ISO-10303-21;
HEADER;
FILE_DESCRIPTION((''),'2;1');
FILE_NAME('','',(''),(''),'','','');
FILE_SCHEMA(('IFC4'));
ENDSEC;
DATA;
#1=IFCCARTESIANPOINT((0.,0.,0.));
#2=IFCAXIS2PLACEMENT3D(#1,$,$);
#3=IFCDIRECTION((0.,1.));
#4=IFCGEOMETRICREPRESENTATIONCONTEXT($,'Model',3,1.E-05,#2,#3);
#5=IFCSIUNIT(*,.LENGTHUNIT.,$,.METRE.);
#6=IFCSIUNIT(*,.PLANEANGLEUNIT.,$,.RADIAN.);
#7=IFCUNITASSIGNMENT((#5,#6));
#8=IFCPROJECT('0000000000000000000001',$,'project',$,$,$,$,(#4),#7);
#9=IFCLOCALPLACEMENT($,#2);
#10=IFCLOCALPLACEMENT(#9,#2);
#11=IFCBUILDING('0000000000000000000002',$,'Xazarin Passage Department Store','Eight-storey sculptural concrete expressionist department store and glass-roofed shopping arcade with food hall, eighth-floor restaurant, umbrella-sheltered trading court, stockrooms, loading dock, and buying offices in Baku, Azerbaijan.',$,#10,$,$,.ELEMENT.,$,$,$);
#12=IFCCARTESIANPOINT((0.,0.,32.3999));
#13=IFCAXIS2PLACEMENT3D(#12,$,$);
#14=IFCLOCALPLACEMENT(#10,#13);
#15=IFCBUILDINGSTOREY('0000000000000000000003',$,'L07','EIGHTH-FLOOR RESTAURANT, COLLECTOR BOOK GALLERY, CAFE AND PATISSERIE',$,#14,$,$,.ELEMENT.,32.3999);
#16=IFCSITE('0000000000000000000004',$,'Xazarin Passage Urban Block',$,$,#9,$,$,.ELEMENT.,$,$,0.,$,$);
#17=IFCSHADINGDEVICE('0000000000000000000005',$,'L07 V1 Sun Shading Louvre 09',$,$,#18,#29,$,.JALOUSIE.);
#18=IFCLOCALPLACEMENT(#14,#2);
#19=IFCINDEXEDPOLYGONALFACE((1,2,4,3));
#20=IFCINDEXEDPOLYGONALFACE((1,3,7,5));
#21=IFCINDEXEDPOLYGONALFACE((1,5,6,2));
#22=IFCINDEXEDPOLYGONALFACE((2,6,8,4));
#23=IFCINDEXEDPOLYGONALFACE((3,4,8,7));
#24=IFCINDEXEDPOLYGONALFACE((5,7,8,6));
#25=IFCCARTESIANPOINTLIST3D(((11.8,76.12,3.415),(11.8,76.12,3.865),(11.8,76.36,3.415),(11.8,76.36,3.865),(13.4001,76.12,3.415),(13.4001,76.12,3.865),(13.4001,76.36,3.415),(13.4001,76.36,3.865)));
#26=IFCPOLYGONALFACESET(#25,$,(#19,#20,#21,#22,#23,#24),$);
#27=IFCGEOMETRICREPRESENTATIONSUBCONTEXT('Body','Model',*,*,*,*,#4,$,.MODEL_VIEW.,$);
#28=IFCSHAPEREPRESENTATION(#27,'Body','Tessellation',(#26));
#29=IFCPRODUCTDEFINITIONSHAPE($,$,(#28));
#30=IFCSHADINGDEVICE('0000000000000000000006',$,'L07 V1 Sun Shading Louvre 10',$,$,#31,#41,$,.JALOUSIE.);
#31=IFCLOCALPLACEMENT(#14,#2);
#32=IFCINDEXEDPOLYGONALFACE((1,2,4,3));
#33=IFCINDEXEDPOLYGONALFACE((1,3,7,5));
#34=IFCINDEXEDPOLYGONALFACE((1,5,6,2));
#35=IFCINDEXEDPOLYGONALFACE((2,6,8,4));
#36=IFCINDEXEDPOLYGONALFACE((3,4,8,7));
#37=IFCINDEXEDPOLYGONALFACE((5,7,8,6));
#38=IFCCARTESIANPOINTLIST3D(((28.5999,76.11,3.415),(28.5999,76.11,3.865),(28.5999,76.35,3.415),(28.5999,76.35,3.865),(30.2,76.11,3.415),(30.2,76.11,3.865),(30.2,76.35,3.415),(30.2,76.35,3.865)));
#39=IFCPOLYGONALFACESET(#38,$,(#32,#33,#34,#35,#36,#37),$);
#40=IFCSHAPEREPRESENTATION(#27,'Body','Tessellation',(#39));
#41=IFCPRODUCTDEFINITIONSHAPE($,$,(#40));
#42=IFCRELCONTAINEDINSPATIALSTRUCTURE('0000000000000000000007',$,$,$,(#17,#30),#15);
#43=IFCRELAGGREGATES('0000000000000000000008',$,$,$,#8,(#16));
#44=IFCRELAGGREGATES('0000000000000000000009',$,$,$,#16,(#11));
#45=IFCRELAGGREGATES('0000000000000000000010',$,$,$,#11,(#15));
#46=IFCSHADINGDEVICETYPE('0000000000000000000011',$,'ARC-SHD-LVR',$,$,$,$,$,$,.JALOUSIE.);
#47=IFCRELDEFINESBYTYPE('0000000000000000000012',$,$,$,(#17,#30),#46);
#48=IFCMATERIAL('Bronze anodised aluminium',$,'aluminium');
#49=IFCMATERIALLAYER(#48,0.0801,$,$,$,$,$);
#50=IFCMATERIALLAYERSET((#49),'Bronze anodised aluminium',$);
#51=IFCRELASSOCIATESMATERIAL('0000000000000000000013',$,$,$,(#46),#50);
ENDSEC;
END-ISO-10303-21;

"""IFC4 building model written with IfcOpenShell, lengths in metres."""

from ifc_helpers import new_model, si_unit, direction, frame, origin, origin_2d, place, context, subcontext, project, spatial, rectangle, extrude, material, layer, layer_set, type_object, element, save


model = new_model("IFC4")

# Units and contexts
model_context = context("Model", 3, precision=1e-05, world=origin(), true_north=direction((0.0, 1.0)))
body_context = subcontext(model_context, "Body", "Model", "MODEL_VIEW")
ifc_project = project(units=[si_unit("LENGTHUNIT", "METRE"), si_unit("PLANEANGLEUNIT", "RADIAN")], contexts=[model_context])

# Site, building, storey
site_placement = place(None, origin())
site = spatial("IfcSite", under=ifc_project, at=site_placement, Name="Xazarin Passage Urban Block", CompositionType="ELEMENT", RefElevation=0.0)
building_placement = place(site_placement, origin())
building = spatial("IfcBuilding", under=site, at=building_placement, Name="Xazarin Passage Department Store", Description="Eight-storey sculptural concrete expressionist department store and glass-roofed shopping arcade with food hall, eighth-floor restaurant, umbrella-sheltered trading court, stockrooms, loading dock, and buying offices in Baku, Azerbaijan.", CompositionType="ELEMENT")
storey_placement = place(building_placement, frame((0.0, 0.0, 32.3999)))
storey = spatial("IfcBuildingStorey", under=building, at=storey_placement, Name="L07", Description="EIGHTH-FLOOR RESTAURANT, COLLECTOR BOOK GALLERY, CAFE AND PATISSERIE", CompositionType="ELEMENT", Elevation=32.3999)

# Shading devices
ifc_material_1 = material(Name="Bronze anodised aluminium", Category="aluminium")
ifc_layer_1 = layer(ifc_material_1, 0.0801)
ifc_layer_set_1 = layer_set([ifc_layer_1], Name="Bronze anodised aluminium")
shading_device_type = type_object("IfcShadingDeviceType", Name="ARC-SHD-LVR", PredefinedType="JALOUSIE", material=ifc_layer_set_1)
for number, where, z_axis, x_axis, name in (
    (1, (12.6001, 76.24, 3.415), (0.0, 0.0, 1.0), (1.0, 0.0, 0.0), "L07 V1 Sun Shading Louvre 09"),
    (2, (29.3999, 76.23, 3.415), (0.0, 0.0, 1.0), (1.0, 0.0, 0.0), "L07 V1 Sun Shading Louvre 10"),
):
    element("IfcShadingDevice", number, at=place(storey_placement, frame(where, z_axis=z_axis, x_axis=x_axis)), inside=storey, type_object=shading_device_type, Name=name, PredefinedType="JALOUSIE", context=body_context, shape_type="SweptSolid", body=[
        extrude(rectangle(XDim=1.6001, YDim=0.24, at=origin_2d()), origin(), (0.0, 0.0, 1.0), 0.45),
    ])

save(model, "model.ifc")
